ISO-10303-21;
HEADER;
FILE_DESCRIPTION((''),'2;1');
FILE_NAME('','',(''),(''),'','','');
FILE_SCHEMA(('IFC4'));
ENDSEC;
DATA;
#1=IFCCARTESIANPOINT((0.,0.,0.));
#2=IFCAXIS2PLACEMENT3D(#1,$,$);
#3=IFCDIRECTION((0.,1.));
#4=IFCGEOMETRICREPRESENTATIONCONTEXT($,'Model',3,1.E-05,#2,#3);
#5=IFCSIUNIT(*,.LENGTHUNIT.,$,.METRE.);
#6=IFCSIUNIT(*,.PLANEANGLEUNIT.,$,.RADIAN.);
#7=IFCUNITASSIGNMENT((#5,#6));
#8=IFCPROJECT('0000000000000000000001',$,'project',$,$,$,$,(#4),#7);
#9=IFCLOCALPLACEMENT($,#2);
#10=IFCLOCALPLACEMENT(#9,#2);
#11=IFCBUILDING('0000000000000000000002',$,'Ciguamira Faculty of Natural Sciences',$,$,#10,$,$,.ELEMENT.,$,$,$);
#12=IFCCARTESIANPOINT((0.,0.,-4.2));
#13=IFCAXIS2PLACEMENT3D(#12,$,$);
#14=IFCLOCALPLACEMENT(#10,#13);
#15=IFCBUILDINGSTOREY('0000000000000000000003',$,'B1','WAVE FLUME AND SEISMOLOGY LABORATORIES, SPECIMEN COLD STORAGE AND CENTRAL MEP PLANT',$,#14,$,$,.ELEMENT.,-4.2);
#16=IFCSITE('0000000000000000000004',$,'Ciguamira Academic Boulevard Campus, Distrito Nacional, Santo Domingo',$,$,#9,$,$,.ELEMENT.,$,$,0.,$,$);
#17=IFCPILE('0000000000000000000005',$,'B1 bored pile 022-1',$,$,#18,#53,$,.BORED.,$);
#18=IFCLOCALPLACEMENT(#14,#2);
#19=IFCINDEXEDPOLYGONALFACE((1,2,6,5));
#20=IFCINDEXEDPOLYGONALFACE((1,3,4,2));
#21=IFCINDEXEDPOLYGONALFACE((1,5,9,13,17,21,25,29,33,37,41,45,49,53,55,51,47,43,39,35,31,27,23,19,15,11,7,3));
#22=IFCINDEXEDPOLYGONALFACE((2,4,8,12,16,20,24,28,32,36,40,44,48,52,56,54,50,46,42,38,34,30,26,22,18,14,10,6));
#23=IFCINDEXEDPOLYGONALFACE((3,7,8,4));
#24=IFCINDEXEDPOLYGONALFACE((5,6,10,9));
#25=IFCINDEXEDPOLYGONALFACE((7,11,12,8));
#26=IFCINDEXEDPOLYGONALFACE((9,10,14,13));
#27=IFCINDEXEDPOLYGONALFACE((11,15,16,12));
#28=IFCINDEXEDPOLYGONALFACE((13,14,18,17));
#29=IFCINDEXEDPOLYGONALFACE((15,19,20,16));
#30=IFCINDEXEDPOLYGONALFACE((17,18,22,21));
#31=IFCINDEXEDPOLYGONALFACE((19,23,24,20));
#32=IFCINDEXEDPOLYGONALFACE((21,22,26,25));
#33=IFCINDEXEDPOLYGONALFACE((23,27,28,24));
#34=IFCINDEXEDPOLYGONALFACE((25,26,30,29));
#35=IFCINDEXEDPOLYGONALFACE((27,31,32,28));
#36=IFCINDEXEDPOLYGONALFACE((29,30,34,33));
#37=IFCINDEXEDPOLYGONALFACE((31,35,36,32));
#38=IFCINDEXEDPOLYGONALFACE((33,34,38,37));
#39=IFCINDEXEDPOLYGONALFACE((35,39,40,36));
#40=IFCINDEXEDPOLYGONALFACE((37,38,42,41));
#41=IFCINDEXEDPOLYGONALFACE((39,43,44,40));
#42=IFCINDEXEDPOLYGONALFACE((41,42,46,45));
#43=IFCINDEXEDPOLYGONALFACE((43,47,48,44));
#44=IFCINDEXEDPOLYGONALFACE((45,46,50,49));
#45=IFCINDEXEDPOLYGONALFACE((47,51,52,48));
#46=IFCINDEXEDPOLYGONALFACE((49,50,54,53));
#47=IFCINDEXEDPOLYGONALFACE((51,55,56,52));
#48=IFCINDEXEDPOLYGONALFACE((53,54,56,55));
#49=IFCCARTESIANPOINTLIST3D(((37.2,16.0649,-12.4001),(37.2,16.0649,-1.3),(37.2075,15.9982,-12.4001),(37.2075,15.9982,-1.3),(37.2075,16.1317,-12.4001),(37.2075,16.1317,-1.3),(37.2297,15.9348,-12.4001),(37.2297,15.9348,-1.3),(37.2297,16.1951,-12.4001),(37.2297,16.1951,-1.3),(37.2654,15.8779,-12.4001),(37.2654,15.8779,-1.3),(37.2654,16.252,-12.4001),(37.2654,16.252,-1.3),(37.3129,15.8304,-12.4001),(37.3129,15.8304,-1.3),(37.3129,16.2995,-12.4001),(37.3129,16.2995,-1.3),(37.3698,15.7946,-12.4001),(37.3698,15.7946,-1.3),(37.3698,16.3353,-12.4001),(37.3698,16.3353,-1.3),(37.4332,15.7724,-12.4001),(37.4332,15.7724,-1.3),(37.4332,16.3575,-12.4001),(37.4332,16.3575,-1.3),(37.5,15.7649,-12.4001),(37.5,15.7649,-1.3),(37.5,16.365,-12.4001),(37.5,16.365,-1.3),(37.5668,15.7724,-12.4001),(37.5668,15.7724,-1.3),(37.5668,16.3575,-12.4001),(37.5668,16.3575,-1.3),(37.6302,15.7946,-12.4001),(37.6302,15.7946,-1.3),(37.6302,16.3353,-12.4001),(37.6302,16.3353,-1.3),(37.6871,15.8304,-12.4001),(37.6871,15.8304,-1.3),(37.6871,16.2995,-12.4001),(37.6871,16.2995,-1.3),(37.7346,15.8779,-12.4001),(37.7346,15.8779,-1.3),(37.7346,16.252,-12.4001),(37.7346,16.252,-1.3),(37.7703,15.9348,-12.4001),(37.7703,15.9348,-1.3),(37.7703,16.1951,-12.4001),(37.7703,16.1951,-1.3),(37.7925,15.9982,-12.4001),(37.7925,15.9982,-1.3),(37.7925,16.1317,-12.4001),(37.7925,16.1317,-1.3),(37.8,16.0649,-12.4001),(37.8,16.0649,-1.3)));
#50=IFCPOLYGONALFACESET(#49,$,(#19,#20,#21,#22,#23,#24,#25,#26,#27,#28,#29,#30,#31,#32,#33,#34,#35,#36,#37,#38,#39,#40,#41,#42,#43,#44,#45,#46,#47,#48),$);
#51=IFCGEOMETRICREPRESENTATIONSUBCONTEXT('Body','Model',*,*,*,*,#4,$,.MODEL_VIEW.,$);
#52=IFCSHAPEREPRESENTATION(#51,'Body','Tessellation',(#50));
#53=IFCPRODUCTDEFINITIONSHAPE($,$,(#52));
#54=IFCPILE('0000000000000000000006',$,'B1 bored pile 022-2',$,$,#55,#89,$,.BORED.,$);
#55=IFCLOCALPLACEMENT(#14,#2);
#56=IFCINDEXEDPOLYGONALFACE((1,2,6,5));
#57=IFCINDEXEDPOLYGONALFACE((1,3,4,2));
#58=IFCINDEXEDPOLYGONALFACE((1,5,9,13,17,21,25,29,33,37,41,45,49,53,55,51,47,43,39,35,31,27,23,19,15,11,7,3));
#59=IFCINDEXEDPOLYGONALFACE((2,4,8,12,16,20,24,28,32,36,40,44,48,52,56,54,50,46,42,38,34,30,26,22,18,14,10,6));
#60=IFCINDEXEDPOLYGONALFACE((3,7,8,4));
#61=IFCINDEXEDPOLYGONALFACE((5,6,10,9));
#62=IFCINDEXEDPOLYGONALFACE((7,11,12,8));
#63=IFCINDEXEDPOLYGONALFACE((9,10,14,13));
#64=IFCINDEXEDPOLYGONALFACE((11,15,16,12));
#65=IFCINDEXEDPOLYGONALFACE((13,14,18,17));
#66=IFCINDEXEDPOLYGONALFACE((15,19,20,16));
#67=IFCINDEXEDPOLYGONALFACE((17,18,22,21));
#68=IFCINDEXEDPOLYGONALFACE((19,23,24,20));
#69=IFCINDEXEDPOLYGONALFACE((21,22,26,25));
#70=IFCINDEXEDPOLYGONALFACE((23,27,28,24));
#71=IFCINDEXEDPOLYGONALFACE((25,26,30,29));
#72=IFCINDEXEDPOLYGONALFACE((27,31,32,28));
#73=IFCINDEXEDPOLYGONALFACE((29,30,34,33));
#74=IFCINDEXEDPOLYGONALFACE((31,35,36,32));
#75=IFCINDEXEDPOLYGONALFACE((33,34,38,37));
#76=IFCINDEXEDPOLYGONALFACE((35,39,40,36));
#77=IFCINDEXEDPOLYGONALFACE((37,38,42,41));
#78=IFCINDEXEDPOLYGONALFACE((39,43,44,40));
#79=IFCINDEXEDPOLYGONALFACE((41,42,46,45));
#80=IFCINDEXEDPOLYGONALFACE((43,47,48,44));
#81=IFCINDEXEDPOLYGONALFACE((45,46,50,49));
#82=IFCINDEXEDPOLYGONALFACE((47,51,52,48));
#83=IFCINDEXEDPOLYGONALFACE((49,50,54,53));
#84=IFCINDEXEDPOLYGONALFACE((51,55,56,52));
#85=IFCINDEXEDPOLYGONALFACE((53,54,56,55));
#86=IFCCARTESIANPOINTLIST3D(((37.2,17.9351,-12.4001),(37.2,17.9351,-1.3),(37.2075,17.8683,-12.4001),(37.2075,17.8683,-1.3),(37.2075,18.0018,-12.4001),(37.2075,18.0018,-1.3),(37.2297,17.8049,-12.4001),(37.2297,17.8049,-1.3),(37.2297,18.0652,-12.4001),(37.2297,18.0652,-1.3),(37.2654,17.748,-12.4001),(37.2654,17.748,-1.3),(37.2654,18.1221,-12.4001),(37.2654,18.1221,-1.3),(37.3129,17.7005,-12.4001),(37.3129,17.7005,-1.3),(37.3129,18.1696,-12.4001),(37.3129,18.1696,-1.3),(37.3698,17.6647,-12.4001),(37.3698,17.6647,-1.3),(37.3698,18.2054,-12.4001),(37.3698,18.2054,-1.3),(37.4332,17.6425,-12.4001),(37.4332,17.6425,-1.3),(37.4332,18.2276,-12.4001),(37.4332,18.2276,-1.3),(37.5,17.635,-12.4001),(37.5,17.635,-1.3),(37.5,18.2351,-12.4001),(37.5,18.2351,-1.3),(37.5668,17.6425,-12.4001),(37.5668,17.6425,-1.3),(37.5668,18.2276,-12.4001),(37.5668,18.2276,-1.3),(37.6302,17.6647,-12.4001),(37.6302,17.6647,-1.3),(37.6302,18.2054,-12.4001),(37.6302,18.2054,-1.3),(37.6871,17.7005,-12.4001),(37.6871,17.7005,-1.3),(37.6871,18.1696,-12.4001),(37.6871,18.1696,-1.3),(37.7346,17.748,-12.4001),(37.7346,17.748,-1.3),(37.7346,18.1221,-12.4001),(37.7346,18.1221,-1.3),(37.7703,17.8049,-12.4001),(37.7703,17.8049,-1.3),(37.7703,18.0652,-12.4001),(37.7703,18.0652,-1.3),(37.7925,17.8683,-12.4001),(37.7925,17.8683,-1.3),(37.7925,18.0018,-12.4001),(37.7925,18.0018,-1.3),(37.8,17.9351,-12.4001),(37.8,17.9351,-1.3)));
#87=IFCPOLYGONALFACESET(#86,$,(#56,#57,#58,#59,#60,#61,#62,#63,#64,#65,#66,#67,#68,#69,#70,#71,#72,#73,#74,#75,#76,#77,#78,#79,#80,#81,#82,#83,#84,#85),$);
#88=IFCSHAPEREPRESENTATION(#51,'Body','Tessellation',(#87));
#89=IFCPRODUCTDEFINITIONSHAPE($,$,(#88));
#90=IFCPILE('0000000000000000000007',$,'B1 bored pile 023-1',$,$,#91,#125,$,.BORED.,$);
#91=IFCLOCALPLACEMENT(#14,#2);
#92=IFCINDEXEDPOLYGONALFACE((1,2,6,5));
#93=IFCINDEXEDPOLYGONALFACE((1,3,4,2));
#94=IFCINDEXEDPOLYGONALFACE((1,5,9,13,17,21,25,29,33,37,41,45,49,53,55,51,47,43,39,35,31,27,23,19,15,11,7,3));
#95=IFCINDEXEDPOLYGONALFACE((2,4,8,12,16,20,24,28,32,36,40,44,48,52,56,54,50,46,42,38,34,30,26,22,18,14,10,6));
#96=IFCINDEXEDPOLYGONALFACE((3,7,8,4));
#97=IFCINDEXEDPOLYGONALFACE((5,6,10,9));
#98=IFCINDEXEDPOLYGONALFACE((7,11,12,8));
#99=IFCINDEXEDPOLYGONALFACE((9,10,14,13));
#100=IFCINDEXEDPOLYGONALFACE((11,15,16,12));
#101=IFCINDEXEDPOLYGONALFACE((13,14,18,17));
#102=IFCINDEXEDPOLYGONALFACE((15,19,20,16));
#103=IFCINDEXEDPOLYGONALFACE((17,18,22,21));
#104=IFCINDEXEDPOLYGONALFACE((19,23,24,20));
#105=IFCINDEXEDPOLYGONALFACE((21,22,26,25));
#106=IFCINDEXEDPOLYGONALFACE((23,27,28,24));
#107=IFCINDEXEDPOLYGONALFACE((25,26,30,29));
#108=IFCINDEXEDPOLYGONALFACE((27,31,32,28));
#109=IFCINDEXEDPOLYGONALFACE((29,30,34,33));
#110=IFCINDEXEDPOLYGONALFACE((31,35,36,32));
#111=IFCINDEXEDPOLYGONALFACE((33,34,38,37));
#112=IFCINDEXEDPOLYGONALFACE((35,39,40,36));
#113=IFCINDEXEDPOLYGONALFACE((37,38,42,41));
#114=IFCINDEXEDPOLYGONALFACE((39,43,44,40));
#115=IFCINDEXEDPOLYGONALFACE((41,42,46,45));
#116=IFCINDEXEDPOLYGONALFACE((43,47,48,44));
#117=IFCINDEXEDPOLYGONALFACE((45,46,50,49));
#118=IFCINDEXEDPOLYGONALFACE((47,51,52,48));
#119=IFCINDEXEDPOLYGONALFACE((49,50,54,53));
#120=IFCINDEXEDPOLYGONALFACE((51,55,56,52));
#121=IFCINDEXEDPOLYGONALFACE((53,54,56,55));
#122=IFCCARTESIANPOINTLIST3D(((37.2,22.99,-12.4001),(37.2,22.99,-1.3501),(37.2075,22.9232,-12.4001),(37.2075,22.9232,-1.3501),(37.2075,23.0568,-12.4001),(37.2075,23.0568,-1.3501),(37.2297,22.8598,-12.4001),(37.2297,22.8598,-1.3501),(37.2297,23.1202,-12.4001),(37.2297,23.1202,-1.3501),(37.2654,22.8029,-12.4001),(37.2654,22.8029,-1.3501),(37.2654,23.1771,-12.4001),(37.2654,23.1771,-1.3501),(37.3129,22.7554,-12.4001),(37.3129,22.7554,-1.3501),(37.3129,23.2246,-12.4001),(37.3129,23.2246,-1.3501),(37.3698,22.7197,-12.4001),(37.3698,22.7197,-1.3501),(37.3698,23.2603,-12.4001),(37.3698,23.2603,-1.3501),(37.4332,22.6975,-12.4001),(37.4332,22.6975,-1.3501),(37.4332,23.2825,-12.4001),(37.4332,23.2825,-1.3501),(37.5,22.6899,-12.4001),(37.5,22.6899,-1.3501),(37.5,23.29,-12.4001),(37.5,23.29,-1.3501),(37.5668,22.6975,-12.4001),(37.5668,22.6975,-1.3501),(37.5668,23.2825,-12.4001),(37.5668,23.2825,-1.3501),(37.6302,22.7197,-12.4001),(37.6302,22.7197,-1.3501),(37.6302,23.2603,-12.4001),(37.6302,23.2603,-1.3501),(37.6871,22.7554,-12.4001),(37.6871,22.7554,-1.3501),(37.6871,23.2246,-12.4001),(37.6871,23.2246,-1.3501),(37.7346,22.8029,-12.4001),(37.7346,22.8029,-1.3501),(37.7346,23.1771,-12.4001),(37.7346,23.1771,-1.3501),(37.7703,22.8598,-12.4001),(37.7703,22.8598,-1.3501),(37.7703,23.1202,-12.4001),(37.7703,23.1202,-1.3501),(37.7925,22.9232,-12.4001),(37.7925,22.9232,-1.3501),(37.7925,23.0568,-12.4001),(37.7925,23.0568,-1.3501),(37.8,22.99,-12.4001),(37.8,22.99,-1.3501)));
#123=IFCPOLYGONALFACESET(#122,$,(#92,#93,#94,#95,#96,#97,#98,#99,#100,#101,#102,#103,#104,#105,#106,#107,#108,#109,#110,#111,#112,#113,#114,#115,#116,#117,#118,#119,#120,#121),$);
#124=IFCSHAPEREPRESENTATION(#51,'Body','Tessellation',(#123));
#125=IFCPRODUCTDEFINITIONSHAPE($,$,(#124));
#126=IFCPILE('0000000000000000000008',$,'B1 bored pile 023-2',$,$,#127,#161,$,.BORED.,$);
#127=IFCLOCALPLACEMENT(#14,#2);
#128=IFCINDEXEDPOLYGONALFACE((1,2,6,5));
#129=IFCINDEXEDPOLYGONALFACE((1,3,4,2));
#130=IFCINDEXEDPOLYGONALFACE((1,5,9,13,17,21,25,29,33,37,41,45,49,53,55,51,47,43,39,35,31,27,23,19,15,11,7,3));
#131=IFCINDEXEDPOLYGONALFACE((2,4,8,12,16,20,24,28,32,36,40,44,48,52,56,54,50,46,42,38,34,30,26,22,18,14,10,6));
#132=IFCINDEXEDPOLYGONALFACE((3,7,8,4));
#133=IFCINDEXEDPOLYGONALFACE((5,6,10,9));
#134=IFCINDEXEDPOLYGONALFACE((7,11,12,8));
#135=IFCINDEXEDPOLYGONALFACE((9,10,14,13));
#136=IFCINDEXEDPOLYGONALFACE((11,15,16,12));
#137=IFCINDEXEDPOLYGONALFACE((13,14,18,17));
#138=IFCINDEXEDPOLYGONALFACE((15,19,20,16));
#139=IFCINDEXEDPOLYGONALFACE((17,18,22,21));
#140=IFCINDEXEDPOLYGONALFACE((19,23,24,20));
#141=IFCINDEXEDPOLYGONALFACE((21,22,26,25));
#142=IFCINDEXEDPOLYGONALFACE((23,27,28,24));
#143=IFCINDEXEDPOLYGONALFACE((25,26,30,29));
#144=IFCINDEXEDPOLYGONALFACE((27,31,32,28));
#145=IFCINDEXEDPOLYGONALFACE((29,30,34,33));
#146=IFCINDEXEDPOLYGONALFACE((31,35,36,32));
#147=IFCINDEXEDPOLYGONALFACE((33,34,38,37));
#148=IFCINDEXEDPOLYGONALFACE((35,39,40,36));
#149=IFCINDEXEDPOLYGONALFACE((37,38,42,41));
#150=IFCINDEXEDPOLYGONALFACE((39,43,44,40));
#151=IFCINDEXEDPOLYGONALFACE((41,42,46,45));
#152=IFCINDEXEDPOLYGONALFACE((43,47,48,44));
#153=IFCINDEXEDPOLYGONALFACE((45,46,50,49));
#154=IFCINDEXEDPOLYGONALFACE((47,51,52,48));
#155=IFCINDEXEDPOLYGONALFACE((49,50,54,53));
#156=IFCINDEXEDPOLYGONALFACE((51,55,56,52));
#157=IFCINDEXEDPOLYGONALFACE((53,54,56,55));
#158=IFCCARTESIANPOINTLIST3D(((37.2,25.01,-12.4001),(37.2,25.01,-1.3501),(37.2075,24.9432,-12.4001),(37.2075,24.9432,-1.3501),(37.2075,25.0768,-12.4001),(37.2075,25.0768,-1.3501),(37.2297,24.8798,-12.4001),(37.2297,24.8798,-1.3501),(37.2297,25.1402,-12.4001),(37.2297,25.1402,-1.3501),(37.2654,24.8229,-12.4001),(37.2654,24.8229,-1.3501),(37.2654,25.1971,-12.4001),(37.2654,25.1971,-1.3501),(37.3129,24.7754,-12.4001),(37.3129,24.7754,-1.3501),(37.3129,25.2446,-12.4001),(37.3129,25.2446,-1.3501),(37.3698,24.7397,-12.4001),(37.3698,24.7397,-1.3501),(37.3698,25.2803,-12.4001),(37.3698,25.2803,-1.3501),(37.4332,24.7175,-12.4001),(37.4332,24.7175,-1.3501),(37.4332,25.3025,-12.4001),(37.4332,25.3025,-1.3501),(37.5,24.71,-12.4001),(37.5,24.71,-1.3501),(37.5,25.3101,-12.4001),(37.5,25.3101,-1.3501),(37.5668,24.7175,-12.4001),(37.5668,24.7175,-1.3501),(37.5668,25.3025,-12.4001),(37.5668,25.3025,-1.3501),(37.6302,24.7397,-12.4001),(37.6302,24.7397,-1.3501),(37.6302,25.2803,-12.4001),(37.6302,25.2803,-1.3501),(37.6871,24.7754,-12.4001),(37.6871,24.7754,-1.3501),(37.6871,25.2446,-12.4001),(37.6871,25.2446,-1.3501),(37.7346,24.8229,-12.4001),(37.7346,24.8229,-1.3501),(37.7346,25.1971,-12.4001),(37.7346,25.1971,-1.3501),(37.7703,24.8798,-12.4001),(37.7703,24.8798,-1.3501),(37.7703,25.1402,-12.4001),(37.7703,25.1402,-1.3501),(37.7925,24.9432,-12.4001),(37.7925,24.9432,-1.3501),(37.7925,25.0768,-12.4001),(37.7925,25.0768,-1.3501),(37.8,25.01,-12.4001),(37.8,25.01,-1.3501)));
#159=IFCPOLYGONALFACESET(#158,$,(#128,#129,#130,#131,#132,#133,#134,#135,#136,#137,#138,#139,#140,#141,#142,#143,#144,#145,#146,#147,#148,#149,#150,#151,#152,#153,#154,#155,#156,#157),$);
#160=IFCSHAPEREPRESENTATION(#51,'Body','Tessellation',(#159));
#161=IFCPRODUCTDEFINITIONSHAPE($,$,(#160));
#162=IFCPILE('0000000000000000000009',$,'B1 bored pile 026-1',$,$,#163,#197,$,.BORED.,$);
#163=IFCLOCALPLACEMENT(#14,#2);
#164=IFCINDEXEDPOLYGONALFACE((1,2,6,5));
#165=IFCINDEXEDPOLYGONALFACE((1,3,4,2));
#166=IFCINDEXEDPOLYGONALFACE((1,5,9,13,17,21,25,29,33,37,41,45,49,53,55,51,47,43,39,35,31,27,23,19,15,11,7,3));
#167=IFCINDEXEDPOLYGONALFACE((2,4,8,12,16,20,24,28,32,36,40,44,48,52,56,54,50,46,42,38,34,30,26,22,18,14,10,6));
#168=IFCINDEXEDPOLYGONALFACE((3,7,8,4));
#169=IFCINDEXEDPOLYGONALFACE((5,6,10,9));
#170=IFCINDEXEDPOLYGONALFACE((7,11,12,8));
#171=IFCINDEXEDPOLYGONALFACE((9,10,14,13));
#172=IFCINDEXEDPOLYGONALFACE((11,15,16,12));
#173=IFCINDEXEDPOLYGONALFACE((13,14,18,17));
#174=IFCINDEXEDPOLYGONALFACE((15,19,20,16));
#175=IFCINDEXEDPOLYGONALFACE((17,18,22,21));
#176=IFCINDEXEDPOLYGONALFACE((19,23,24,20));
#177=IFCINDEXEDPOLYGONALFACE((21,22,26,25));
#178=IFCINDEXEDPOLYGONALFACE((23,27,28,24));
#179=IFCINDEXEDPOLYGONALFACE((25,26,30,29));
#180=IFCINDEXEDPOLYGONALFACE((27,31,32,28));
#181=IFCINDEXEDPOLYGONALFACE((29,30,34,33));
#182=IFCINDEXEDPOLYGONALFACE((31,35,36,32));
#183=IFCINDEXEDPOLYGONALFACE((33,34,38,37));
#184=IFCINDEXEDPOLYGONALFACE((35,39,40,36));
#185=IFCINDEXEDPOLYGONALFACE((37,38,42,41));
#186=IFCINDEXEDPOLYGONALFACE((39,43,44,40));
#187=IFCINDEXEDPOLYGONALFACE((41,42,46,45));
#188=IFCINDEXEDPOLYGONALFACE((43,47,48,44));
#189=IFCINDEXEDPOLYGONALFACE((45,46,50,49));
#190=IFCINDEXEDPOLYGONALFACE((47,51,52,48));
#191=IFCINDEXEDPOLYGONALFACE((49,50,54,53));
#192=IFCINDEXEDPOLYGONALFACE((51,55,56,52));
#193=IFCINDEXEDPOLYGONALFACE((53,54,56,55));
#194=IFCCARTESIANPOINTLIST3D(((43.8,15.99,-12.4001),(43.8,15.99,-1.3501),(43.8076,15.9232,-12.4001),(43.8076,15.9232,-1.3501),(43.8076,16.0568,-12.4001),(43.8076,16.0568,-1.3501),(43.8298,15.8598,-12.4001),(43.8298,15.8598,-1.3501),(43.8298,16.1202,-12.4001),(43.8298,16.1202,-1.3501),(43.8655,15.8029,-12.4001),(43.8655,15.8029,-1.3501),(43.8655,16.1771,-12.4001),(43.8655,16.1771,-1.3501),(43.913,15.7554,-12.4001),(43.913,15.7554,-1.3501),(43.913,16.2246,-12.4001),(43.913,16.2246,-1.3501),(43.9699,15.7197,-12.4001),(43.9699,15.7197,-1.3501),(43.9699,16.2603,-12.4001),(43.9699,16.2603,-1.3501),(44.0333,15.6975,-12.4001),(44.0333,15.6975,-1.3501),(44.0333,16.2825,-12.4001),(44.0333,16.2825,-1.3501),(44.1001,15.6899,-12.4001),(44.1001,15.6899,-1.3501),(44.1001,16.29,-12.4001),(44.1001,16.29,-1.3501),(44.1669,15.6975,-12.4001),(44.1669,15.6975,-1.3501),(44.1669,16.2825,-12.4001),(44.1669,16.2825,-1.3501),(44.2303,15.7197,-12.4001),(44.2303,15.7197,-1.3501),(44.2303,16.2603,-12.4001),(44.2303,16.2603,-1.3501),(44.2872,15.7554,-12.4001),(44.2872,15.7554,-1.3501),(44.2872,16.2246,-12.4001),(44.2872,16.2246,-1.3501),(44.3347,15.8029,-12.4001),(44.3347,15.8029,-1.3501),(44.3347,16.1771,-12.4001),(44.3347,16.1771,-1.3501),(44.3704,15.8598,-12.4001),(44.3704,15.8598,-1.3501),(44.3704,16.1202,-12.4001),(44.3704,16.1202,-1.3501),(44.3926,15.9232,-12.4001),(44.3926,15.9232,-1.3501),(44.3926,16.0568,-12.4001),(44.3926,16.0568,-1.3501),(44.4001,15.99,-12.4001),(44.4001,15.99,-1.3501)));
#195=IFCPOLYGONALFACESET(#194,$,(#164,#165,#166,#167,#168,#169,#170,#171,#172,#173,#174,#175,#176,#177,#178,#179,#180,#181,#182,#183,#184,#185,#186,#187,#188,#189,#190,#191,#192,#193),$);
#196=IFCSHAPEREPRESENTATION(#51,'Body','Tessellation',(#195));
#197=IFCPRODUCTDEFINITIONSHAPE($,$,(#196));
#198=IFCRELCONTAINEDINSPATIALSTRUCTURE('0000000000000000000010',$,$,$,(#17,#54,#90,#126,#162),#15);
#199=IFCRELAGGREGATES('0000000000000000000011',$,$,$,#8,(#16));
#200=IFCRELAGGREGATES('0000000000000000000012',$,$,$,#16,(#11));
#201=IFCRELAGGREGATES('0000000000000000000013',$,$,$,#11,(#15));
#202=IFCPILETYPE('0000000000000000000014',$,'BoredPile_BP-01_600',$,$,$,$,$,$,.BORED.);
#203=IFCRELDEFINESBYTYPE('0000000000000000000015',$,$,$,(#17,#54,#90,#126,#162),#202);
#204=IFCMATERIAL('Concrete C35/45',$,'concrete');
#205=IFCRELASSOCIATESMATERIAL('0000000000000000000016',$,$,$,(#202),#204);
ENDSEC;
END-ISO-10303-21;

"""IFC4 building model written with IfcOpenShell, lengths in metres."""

from ifc_helpers import new_model, si_unit, direction, frame, origin, origin_2d, place, context, subcontext, project, spatial, circle, extrude, material, material_profile, profile_set, type_object, element, save


model = new_model("IFC4")

# Units and contexts
model_context = context("Model", 3, precision=1e-05, world=origin(), true_north=direction((0.0, 1.0)))
body_context = subcontext(model_context, "Body", "Model", "MODEL_VIEW")
ifc_project = project(units=[si_unit("LENGTHUNIT", "METRE"), si_unit("PLANEANGLEUNIT", "RADIAN")], contexts=[model_context])

# Site, building, storey
site_placement = place(None, origin())
site = spatial("IfcSite", under=ifc_project, at=site_placement, Name="Ciguamira Academic Boulevard Campus, Distrito Nacional, Santo Domingo", CompositionType="ELEMENT", RefElevation=0.0)
building_placement = place(site_placement, origin())
building = spatial("IfcBuilding", under=site, at=building_placement, Name="Ciguamira Faculty of Natural Sciences", CompositionType="ELEMENT")
storey_placement = place(building_placement, frame((0.0, 0.0, -4.2)))
storey = spatial("IfcBuildingStorey", under=building, at=storey_placement, Name="B1", Description="WAVE FLUME AND SEISMOLOGY LABORATORIES, SPECIMEN COLD STORAGE AND CENTRAL MEP PLANT", CompositionType="ELEMENT", Elevation=-4.2)

# Piles
ifc_material_1 = material(Name="Concrete C35/45", Category="concrete")
ifc_material_profile_1 = material_profile(ifc_material_1, circle(Radius=0.3, at=origin_2d()), Name="PILE-BORED-600")
ifc_profile_set_1 = profile_set([ifc_material_profile_1], Name="Concrete C35/45")
pile_type_1 = type_object("IfcPileType", Name="BoredPile_BP-01_600", PredefinedType="BORED", material=ifc_profile_set_1)
for number, where, z_axis, x_axis, name in (
    (1, (37.5, 16.0649, -1.3), (0.0, 0.0, -1.0), (1.0, 0.0, 0.0), "B1 bored pile 022-1"),
    (2, (37.5, 17.9351, -1.3), (0.0, 0.0, -1.0), (1.0, 0.0, 0.0), "B1 bored pile 022-2"),
):
    element("IfcPile", number, at=place(storey_placement, frame(where, z_axis=z_axis, x_axis=x_axis)), inside=storey, type_object=pile_type_1, Name=name, PredefinedType="BORED", context=body_context, shape_type="SweptSolid", body=[
        extrude(circle(Radius=0.3, at=origin_2d()), origin(), (0.0, 0.0, 1.0), 11.1001),
    ])
for number, where, z_axis, x_axis, name in (
    (3, (37.5, 22.99, -1.3501), (0.0, 0.0, -1.0), (1.0, 0.0, 0.0), "B1 bored pile 023-1"),
    (4, (37.5, 25.01, -1.3501), (0.0, 0.0, -1.0), (1.0, 0.0, 0.0), "B1 bored pile 023-2"),
    (5, (44.1001, 15.99, -1.3501), (0.0, 0.0, -1.0), (1.0, 0.0, 0.0), "B1 bored pile 026-1"),
):
    element("IfcPile", number, at=place(storey_placement, frame(where, z_axis=z_axis, x_axis=x_axis)), inside=storey, type_object=pile_type_1, Name=name, PredefinedType="BORED", context=body_context, shape_type="SweptSolid", body=[
        extrude(circle(Radius=0.3, at=origin_2d()), origin(), (0.0, 0.0, 1.0), 11.05),
    ])

save(model, "model.ifc")
